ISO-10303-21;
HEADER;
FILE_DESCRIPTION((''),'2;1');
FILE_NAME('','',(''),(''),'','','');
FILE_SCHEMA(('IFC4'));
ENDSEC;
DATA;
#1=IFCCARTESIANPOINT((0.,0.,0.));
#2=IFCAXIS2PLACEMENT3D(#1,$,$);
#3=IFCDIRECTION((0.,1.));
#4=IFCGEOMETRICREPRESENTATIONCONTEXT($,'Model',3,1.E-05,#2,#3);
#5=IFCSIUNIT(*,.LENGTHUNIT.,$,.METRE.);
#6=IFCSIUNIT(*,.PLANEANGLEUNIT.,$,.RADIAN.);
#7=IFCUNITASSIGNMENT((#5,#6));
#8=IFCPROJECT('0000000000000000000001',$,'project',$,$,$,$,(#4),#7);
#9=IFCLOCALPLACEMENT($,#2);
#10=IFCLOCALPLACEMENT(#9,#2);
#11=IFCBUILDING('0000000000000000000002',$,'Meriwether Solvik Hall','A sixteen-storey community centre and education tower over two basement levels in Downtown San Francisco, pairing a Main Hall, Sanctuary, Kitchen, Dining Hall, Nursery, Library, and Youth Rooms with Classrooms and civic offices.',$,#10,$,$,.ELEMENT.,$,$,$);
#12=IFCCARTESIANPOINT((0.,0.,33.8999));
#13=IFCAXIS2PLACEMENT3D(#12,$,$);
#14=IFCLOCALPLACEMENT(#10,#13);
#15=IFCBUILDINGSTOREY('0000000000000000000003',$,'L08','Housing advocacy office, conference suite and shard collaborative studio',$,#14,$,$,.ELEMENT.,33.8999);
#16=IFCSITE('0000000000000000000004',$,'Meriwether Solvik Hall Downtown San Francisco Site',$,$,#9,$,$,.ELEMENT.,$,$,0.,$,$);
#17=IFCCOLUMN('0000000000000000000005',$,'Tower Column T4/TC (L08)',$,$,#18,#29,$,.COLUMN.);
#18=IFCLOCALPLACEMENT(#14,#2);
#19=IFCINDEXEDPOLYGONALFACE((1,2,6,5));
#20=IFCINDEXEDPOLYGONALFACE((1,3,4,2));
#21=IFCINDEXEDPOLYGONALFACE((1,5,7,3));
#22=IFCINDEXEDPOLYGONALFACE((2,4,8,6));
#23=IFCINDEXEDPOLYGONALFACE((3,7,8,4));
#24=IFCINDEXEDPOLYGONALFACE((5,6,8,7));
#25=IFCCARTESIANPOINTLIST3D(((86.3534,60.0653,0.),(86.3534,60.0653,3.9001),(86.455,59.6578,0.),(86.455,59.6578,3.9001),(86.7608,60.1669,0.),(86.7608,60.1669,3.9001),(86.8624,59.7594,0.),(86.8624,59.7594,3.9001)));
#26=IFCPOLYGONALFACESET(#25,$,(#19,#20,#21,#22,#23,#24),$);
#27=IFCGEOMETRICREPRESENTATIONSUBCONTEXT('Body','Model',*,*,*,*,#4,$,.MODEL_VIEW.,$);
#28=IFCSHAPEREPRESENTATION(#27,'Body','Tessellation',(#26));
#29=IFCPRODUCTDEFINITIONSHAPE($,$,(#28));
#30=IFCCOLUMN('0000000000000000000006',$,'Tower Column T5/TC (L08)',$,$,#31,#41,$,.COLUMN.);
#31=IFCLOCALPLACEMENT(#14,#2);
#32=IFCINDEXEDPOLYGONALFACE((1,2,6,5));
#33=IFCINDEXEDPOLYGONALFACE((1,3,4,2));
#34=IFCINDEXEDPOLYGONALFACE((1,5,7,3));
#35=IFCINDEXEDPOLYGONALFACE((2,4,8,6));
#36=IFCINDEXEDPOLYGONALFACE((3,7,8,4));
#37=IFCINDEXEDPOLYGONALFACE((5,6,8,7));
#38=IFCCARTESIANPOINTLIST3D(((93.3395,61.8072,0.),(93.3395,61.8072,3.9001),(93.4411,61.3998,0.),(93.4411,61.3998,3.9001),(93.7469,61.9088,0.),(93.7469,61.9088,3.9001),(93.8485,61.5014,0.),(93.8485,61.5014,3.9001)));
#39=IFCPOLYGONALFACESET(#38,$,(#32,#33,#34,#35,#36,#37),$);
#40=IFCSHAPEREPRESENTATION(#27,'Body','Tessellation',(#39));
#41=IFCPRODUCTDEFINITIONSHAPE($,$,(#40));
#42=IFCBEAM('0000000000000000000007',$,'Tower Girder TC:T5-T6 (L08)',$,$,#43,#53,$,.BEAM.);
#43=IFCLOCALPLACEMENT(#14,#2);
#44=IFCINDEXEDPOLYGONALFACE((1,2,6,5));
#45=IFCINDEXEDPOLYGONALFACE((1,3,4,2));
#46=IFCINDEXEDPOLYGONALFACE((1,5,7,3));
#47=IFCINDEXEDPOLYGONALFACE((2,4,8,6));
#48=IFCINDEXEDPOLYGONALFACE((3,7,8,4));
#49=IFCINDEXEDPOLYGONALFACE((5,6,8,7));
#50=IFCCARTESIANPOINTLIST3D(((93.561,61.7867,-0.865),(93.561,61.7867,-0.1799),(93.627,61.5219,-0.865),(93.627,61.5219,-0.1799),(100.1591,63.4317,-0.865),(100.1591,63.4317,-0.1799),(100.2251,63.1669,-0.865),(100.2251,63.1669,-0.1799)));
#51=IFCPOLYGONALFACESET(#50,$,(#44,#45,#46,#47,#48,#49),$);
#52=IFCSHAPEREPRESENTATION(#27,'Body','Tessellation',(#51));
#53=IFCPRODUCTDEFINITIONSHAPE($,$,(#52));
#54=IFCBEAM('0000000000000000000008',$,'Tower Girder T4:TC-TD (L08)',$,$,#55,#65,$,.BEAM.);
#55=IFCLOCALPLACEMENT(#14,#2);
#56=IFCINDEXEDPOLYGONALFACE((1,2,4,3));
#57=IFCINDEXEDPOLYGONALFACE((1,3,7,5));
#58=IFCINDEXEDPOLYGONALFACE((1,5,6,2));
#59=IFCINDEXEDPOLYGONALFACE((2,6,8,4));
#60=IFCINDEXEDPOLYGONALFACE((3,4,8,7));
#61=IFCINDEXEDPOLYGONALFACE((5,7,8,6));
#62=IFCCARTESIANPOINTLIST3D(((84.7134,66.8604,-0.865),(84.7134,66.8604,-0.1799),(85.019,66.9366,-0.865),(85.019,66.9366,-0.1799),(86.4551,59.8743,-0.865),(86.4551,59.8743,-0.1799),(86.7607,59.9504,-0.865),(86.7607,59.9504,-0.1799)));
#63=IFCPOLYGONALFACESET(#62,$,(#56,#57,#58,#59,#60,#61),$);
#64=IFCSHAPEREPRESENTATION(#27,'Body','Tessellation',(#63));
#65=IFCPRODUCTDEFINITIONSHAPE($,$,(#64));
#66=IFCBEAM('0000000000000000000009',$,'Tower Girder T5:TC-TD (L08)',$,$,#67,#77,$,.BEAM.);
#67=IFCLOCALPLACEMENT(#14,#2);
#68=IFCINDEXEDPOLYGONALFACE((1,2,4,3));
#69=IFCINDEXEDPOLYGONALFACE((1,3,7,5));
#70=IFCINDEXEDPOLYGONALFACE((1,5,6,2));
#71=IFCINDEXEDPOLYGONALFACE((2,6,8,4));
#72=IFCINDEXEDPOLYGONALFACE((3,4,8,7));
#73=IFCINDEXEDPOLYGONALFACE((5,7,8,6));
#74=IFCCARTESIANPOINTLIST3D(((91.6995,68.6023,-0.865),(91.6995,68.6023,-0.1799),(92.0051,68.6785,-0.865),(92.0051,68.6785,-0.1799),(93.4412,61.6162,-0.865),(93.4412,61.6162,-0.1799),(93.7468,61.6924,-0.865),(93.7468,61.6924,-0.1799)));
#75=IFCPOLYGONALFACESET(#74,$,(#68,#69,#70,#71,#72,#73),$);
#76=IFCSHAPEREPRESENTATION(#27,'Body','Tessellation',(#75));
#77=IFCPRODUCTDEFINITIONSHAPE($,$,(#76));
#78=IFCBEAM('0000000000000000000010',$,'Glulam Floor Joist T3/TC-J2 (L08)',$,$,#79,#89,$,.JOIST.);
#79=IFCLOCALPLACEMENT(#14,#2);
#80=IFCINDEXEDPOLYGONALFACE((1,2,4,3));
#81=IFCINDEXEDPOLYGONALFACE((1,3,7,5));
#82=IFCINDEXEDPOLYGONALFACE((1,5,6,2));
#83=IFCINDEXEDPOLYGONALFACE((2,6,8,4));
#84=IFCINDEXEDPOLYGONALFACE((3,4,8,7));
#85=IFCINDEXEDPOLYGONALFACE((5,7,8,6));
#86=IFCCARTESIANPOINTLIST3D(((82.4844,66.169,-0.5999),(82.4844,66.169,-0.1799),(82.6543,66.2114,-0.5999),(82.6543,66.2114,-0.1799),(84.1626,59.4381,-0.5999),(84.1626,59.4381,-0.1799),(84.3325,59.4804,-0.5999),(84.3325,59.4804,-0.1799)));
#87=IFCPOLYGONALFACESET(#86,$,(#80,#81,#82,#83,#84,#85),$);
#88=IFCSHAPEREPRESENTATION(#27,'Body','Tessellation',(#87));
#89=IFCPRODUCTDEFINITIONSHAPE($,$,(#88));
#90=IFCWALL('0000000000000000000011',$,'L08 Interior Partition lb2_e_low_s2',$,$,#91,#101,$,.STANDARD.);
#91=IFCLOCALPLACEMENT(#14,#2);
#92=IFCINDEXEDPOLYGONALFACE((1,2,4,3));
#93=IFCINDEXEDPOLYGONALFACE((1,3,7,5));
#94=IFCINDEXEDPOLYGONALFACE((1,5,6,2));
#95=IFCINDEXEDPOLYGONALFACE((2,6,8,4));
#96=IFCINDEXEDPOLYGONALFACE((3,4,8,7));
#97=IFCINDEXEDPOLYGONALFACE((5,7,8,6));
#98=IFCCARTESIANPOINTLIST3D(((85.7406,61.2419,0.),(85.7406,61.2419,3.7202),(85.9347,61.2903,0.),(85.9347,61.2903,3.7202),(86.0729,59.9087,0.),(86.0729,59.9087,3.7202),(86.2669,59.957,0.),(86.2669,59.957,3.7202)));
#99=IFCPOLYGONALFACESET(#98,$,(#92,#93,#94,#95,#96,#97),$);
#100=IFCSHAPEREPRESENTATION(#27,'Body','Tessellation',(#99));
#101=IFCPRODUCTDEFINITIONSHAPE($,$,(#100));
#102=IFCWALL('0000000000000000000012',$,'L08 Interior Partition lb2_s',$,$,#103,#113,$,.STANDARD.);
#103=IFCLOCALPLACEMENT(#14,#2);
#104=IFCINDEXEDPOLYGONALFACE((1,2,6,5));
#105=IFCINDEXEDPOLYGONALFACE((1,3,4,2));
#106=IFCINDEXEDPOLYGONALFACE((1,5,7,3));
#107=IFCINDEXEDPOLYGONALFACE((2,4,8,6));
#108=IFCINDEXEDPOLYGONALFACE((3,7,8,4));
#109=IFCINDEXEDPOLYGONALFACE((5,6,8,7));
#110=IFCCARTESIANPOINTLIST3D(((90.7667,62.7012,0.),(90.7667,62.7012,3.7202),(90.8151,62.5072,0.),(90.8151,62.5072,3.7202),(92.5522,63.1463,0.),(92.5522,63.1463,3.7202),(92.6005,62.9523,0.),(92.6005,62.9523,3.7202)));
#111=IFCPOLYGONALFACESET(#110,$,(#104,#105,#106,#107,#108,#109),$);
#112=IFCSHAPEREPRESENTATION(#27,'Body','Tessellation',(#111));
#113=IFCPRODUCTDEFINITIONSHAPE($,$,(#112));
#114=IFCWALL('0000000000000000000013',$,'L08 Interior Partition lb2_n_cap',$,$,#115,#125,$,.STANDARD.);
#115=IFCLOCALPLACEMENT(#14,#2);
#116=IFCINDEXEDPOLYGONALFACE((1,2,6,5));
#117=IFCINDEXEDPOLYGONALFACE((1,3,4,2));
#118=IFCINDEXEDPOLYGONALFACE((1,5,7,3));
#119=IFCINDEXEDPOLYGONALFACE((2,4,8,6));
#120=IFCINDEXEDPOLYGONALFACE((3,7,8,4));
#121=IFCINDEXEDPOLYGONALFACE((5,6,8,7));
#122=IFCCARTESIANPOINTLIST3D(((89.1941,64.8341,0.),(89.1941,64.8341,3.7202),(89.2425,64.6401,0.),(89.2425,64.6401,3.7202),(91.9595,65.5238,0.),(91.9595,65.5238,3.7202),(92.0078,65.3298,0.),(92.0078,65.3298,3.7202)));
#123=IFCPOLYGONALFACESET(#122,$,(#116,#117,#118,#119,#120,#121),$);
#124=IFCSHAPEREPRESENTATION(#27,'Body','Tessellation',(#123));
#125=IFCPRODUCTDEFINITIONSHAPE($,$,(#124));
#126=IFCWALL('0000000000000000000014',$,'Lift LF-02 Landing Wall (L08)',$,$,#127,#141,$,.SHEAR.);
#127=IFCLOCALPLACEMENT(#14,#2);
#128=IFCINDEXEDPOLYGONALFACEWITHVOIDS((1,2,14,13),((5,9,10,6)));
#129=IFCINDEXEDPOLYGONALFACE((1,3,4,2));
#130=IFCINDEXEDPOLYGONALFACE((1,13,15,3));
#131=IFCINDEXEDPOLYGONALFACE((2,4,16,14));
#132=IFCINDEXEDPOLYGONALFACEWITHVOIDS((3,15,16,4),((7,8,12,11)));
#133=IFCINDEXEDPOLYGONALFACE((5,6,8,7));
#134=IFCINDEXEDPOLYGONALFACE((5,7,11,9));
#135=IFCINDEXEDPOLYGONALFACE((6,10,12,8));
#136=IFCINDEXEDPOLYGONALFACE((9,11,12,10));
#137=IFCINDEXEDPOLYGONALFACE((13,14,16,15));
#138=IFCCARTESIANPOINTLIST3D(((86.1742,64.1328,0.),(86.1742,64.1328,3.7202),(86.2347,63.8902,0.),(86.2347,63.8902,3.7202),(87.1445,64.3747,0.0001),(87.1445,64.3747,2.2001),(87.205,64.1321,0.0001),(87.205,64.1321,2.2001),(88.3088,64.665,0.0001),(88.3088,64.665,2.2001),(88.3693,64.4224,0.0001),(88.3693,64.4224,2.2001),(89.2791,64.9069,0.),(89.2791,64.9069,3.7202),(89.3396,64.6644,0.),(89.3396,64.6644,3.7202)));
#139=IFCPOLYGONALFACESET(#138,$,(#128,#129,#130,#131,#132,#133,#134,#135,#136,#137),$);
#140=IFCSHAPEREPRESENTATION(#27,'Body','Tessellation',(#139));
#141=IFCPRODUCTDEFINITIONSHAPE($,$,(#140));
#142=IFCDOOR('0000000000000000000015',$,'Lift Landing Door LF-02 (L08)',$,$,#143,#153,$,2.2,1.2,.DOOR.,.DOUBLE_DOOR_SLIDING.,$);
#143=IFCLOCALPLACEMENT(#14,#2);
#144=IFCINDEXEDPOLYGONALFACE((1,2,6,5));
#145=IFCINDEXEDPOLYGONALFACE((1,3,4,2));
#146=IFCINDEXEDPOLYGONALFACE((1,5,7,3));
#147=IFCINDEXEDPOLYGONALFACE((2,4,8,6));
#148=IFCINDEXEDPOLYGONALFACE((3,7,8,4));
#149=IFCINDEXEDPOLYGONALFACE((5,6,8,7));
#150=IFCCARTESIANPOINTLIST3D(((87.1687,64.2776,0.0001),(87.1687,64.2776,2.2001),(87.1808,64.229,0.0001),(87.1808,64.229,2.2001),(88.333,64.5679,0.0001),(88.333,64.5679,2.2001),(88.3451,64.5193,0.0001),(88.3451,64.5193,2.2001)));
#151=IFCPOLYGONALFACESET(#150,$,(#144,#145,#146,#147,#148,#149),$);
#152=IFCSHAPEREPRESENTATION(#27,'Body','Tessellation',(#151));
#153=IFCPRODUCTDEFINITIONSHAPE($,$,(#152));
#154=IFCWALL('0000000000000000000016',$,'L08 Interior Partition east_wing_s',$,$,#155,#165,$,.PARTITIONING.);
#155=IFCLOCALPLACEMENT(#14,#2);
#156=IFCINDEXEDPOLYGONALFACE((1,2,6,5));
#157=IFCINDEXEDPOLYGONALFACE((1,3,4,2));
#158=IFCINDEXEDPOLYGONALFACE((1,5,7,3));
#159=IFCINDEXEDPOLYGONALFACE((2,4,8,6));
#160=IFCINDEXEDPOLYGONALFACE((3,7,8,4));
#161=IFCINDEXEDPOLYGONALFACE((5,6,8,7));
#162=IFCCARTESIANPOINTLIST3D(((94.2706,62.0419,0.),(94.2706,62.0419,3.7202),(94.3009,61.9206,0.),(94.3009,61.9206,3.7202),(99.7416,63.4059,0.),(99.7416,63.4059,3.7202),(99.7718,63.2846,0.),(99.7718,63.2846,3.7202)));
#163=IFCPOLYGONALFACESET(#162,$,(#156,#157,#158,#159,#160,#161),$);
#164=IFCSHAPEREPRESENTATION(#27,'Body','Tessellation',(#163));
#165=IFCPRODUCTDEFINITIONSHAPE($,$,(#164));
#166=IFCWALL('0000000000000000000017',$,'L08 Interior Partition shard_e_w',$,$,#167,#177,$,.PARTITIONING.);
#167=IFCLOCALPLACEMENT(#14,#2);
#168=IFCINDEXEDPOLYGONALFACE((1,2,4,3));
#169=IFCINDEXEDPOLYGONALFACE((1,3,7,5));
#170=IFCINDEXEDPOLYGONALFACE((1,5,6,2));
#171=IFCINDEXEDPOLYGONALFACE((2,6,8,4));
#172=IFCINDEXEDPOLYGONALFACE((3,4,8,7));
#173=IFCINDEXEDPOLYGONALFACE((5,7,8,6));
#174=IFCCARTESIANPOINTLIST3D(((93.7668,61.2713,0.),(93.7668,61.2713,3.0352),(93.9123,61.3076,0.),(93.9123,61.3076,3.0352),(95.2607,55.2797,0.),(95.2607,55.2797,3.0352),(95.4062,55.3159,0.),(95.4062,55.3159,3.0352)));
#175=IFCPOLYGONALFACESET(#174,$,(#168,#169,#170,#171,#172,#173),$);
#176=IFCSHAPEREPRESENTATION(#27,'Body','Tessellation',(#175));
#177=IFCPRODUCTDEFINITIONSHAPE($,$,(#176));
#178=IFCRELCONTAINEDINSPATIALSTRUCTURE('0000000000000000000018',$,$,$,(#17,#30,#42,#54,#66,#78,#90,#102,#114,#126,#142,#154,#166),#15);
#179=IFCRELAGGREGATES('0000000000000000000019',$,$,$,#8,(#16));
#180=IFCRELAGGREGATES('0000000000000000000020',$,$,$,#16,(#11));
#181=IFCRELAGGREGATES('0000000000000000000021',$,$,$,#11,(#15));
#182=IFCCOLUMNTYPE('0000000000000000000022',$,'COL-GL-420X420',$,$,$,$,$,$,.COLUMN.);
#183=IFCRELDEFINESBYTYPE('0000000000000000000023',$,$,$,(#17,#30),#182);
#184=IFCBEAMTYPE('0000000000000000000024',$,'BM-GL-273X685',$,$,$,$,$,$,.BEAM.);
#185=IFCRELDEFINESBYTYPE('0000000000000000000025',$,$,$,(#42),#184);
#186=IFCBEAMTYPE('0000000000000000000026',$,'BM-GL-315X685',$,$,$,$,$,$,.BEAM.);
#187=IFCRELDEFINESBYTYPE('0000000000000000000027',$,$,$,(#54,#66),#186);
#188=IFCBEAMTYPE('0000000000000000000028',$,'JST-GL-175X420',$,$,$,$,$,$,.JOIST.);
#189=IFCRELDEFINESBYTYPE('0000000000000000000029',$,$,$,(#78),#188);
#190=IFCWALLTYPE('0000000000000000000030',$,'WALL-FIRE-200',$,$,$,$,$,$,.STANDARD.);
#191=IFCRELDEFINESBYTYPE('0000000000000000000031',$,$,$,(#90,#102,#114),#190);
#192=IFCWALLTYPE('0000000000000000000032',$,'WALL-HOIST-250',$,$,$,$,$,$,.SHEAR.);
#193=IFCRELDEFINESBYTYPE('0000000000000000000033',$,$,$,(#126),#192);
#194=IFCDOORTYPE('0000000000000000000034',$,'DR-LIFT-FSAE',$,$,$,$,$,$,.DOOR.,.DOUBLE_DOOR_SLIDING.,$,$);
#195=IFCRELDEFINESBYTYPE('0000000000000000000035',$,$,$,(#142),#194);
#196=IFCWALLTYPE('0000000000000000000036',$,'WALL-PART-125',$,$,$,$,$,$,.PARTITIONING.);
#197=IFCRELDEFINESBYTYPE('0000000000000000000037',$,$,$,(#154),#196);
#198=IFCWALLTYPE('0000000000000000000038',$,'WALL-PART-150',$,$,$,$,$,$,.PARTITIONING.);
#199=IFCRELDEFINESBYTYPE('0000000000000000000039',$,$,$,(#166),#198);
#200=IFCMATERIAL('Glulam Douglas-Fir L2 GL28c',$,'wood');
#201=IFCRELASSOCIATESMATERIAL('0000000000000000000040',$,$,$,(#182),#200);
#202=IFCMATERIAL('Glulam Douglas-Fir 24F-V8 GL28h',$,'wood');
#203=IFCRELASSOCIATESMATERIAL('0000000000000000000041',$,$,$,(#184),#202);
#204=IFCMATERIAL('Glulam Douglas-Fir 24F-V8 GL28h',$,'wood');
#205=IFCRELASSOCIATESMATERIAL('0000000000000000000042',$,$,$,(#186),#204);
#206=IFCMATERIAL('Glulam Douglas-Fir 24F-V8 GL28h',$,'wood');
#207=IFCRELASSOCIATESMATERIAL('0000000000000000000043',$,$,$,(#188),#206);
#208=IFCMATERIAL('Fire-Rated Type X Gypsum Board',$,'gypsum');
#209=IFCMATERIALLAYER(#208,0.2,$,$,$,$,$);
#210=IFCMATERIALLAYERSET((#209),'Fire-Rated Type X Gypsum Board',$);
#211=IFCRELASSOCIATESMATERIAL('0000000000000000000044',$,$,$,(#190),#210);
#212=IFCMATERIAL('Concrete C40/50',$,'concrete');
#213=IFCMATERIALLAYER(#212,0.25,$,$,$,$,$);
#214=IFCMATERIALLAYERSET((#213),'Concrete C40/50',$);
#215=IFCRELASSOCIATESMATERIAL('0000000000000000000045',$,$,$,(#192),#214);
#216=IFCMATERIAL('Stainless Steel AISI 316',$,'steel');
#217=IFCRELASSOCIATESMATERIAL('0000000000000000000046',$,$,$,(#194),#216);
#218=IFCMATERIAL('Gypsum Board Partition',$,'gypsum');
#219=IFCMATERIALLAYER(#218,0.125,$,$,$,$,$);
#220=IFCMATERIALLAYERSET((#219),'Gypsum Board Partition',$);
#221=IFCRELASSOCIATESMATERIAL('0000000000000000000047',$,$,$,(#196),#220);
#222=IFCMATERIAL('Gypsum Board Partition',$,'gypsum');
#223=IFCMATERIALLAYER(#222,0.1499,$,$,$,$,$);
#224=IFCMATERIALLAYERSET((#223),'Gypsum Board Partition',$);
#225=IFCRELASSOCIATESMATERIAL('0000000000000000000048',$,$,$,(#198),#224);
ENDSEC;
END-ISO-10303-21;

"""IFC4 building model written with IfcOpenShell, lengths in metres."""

from ifc_helpers import new_model, si_unit, direction, frame, frame_2d, origin, origin_2d, place, context, subcontext, project, spatial, rectangle, extrude, material, layer, layer_set, material_profile, profile_set, type_object, element, fill, save


model = new_model("IFC4")

# Units and contexts
model_context = context("Model", 3, precision=1e-05, world=origin(), true_north=direction((0.0, 1.0)))
body_context = subcontext(model_context, "Body", "Model", "MODEL_VIEW")
ifc_project = project(units=[si_unit("LENGTHUNIT", "METRE"), si_unit("PLANEANGLEUNIT", "RADIAN")], contexts=[model_context])

# Site, building, storey
site_placement = place(None, origin())
site = spatial("IfcSite", under=ifc_project, at=site_placement, Name="Meriwether Solvik Hall Downtown San Francisco Site", CompositionType="ELEMENT", RefElevation=0.0)
building_placement = place(site_placement, origin())
building = spatial("IfcBuilding", under=site, at=building_placement, Name="Meriwether Solvik Hall", Description="A sixteen-storey community centre and education tower over two basement levels in Downtown San Francisco, pairing a Main Hall, Sanctuary, Kitchen, Dining Hall, Nursery, Library, and Youth Rooms with Classrooms and civic offices.", CompositionType="ELEMENT")
storey_placement = place(building_placement, frame((0.0, 0.0, 33.8999)))
storey = spatial("IfcBuildingStorey", under=building, at=storey_placement, Name="L08", Description="Housing advocacy office, conference suite and shard collaborative studio", CompositionType="ELEMENT", Elevation=33.8999)

# Columns
ifc_material_1 = material(Name="Glulam Douglas-Fir L2 GL28c", Category="wood")
ifc_material_profile_1 = material_profile(ifc_material_1, rectangle(XDim=0.4199, YDim=0.4199, at=origin_2d()), Name="GLC-420X420")
ifc_profile_set_1 = profile_set([ifc_material_profile_1], Name="Glulam Douglas-Fir L2 GL28c")
column_type = type_object("IfcColumnType", Name="COL-GL-420X420", PredefinedType="COLUMN", material=ifc_profile_set_1)
for number, where, z_axis, x_axis, name in (
    (1, (86.6079, 59.9124, 0.0), (0.0, 0.0, 1.0), (0.970296, 0.241922, 0.0), "Tower Column T4/TC (L08)"),
    (2, (93.594, 61.6543, 0.0), (0.0, 0.0, 1.0), (0.970296, 0.241922, 0.0), "Tower Column T5/TC (L08)"),
):
    element("IfcColumn", number, at=place(storey_placement, frame(where, z_axis=z_axis, x_axis=x_axis)), inside=storey, type_object=column_type, Name=name, PredefinedType="COLUMN", context=body_context, shape_type="SweptSolid", body=[
        extrude(rectangle(XDim=0.4199, YDim=0.4199, at=origin_2d()), origin(), (0.0, 0.0, 1.0), 3.9001),
    ])

# Beams
ifc_material_2 = material(Name="Glulam Douglas-Fir 24F-V8 GL28h", Category="wood")
ifc_material_profile_2 = material_profile(ifc_material_2, rectangle(XDim=0.2729, YDim=0.6851, at=origin_2d()), Name="GLB-273X685")
ifc_profile_set_2 = profile_set([ifc_material_profile_2], Name="Glulam Douglas-Fir 24F-V8 GL28h")
beam_type_1 = type_object("IfcBeamType", Name="BM-GL-273X685", PredefinedType="BEAM", material=ifc_profile_set_2)
beam_1_placement = place(storey_placement, frame((93.594, 61.6543, -0.5225), z_axis=(0.970299, 0.24191, 0.0), x_axis=(-0.24191, 0.970299, 0.0)))
element("IfcBeam", 3, at=beam_1_placement, inside=storey, type_object=beam_type_1, Name="Tower Girder TC:T5-T6 (L08)", PredefinedType="BEAM", context=body_context, shape_type="SweptSolid", body=[
    extrude(rectangle(XDim=0.2729, YDim=0.6851, at=origin_2d()), origin(), (0.0, 0.0, 1.0), 6.8),
])
ifc_material_3 = material(Name="Glulam Douglas-Fir 24F-V8 GL28h", Category="wood")
ifc_material_profile_3 = material_profile(ifc_material_3, rectangle(XDim=0.3149, YDim=0.6851, at=origin_2d()), Name="GLB-315X685")
ifc_profile_set_3 = profile_set([ifc_material_profile_3], Name="Glulam Douglas-Fir 24F-V8 GL28h")
beam_type_2 = type_object("IfcBeamType", Name="BM-GL-315X685", PredefinedType="BEAM", material=ifc_profile_set_3)
for number, where, z_axis, x_axis, name in (
    (4, (86.6079, 59.9124, -0.5225), (-0.241905, 0.9703, 0.0), (-0.9703, -0.241905, 0.0), "Tower Girder T4:TC-TD (L08)"),
    (5, (93.594, 61.6543, -0.5225), (-0.241905, 0.9703, 0.0), (-0.9703, -0.241905, 0.0), "Tower Girder T5:TC-TD (L08)"),
):
    element("IfcBeam", number, at=place(storey_placement, frame(where, z_axis=z_axis, x_axis=x_axis)), inside=storey, type_object=beam_type_2, Name=name, PredefinedType="BEAM", context=body_context, shape_type="SweptSolid", body=[
        extrude(rectangle(XDim=0.3149, YDim=0.6851, at=origin_2d()), origin(), (0.0, 0.0, 1.0), 7.2),
    ])
ifc_material_4 = material(Name="Glulam Douglas-Fir 24F-V8 GL28h", Category="wood")
ifc_material_profile_4 = material_profile(ifc_material_4, rectangle(XDim=0.175, YDim=0.4199, at=origin_2d()), Name="GLJ-175X420")
ifc_profile_set_4 = profile_set([ifc_material_profile_4], Name="Glulam Douglas-Fir 24F-V8 GL28h")
beam_type_3 = type_object("IfcBeamType", Name="JST-GL-175X420", PredefinedType="JOIST", material=ifc_profile_set_4)
beam_2_placement = place(storey_placement, frame((84.2476, 59.4592, -0.3899), z_axis=(-0.241923, 0.970296, 0.0), x_axis=(-0.970296, -0.241923, 0.0)))
element("IfcBeam", 6, at=beam_2_placement, inside=storey, type_object=beam_type_3, Name="Glulam Floor Joist T3/TC-J2 (L08)", PredefinedType="JOIST", context=body_context, shape_type="SweptSolid", body=[
    extrude(rectangle(XDim=0.175, YDim=0.4199, at=origin_2d()), origin(), (0.0, 0.0, 1.0), 6.937),
])

# Walls
ifc_material_5 = material(Name="Fire-Rated Type X Gypsum Board", Category="gypsum")
ifc_layer_1 = layer(ifc_material_5, 0.2)
ifc_layer_set_1 = layer_set([ifc_layer_1], Name="Fire-Rated Type X Gypsum Board")
wall_type_1 = type_object("IfcWallType", Name="WALL-FIRE-200", PredefinedType="STANDARD", material=ifc_layer_set_1)
wall_1_placement = place(storey_placement, frame((86.1699, 59.9329, 0.0), z_axis=(0.0, 0.0, 1.0), x_axis=(-0.241825, 0.97032, 0.0)))
element("IfcWall", 7, at=wall_1_placement, inside=storey, type_object=wall_type_1, Name="L08 Interior Partition lb2_e_low_s2", PredefinedType="STANDARD", context=body_context, shape_type="SweptSolid", body=[
    extrude(rectangle(XDim=1.374, YDim=0.2, at=frame_2d((0.687, 0.0))), origin(), (0.0, 0.0, 1.0), 3.7202),
])
wall_2_placement = place(storey_placement, frame((90.791, 62.6042, 0.0), z_axis=(0.0, 0.0, 1.0), x_axis=(0.970306, 0.24188, 0.0)))
element("IfcWall", 8, at=wall_2_placement, inside=storey, type_object=wall_type_1, Name="L08 Interior Partition lb2_s", PredefinedType="STANDARD", context=body_context, shape_type="SweptSolid", body=[
    extrude(rectangle(XDim=1.8401, YDim=0.2, at=frame_2d((0.9199, 0.0))), origin(), (0.0, 0.0, 1.0), 3.7202),
])
wall_3_placement = place(storey_placement, frame((89.2183, 64.7371, 0.0), z_axis=(0.0, 0.0, 1.0), x_axis=(0.970278, 0.241991, 0.0)))
element("IfcWall", 9, at=wall_3_placement, inside=storey, type_object=wall_type_1, Name="L08 Interior Partition lb2_n_cap", PredefinedType="STANDARD", context=body_context, shape_type="SweptSolid", body=[
    extrude(rectangle(XDim=2.8501, YDim=0.2, at=frame_2d((1.425, 0.0))), origin(), (0.0, 0.0, 1.0), 3.7202),
])

# Wall, opening, door
ifc_material_6 = material(Name="Concrete C40/50", Category="concrete")
ifc_layer_2 = layer(ifc_material_6, 0.25)
ifc_layer_set_2 = layer_set([ifc_layer_2], Name="Concrete C40/50")
wall_type_2 = type_object("IfcWallType", Name="WALL-HOIST-250", PredefinedType="SHEAR", material=ifc_layer_set_2)
wall_4_placement = place(storey_placement, frame((86.2043, 64.0115, 0.0), z_axis=(0.0, 0.0, 1.0), x_axis=(0.970295, 0.241925, 0.0)))
wall_4 = element("IfcWall", 10, at=wall_4_placement, inside=storey, type_object=wall_type_2, Name="Lift LF-02 Landing Wall (L08)", PredefinedType="SHEAR", context=body_context, shape_type="SweptSolid", body=[
    extrude(rectangle(XDim=3.2, YDim=0.25, at=frame_2d((1.6001, 0.0))), origin(), (0.0, 0.0, 1.0), 3.7202),
])
opening_placement = place(wall_4_placement, frame((1.0, 0.0, 0.0)))
opening = element("IfcOpeningElement", 11, at=opening_placement, cuts=wall_4, PredefinedType="OPENING", context=body_context, shape_type="SweptSolid", body=[
    extrude(rectangle(XDim=1.2, YDim=2.2, at=frame_2d((0.6001, 1.1001))), frame((0.0, 0.137, 0.0), z_axis=(0.0, -1.0, 0.0), x_axis=(1.0, 0.0, 0.0)), (0.0, 0.0, 1.0), 0.2739),
])
ifc_material_7 = material(Name="Stainless Steel AISI 316", Category="steel")
door_type = type_object("IfcDoorType", Name="DR-LIFT-FSAE", OperationType="DOUBLE_DOOR_SLIDING", PredefinedType="DOOR", material=ifc_material_7)
door_placement = place(opening_placement, origin())
door = element("IfcDoor", 12, at=door_placement, inside=storey, type_object=door_type, Name="Lift Landing Door LF-02 (L08)", OperationType="DOUBLE_DOOR_SLIDING", OverallHeight=2.2, OverallWidth=1.2, PredefinedType="DOOR", context=body_context, shape_type="SweptSolid", body=[
    extrude(rectangle(XDim=1.2, YDim=2.2, at=frame_2d((0.6001, 1.1001))), frame((0.0, 0.0249, 0.0), z_axis=(0.0, -1.0, 0.0), x_axis=(1.0, 0.0, 0.0)), (0.0, 0.0, 1.0), 0.05),
])
fill(opening, door)

# Walls
ifc_material_8 = material(Name="Gypsum Board Partition", Category="gypsum")
ifc_layer_3 = layer(ifc_material_8, 0.125)
ifc_layer_set_3 = layer_set([ifc_layer_3], Name="Gypsum Board Partition")
wall_type_3 = type_object("IfcWallType", Name="WALL-PART-125", PredefinedType="PARTITIONING", material=ifc_layer_set_3)
wall_5_placement = place(storey_placement, frame((94.2856, 61.9812, 0.0), z_axis=(0.0, 0.0, 1.0), x_axis=(0.970298, 0.241914, 0.0)))
element("IfcWall", 13, at=wall_5_placement, inside=storey, type_object=wall_type_3, Name="L08 Interior Partition east_wing_s", PredefinedType="PARTITIONING", context=body_context, shape_type="SweptSolid", body=[
    extrude(rectangle(XDim=5.6384, YDim=0.125, at=frame_2d((2.8193, 0.0))), origin(), (0.0, 0.0, 1.0), 3.7202),
])
ifc_material_9 = material(Name="Gypsum Board Partition", Category="gypsum")
ifc_layer_4 = layer(ifc_material_9, 0.1499)
ifc_layer_set_4 = layer_set([ifc_layer_4], Name="Gypsum Board Partition")
wall_type_4 = type_object("IfcWallType", Name="WALL-PART-150", PredefinedType="PARTITIONING", material=ifc_layer_set_4)
wall_6_placement = place(storey_placement, frame((93.8396, 61.2893, 0.0), z_axis=(0.0, 0.0, 1.0), x_axis=(0.241922, -0.970296, 0.0)))
element("IfcWall", 14, at=wall_6_placement, inside=storey, type_object=wall_type_4, Name="L08 Interior Partition shard_e_w", PredefinedType="PARTITIONING", context=body_context, shape_type="SweptSolid", body=[
    extrude(rectangle(XDim=6.175, YDim=0.1499, at=frame_2d((3.0874, 0.0))), origin(), (0.0, 0.0, 1.0), 3.0352),
])

save(model, "model.ifc")
